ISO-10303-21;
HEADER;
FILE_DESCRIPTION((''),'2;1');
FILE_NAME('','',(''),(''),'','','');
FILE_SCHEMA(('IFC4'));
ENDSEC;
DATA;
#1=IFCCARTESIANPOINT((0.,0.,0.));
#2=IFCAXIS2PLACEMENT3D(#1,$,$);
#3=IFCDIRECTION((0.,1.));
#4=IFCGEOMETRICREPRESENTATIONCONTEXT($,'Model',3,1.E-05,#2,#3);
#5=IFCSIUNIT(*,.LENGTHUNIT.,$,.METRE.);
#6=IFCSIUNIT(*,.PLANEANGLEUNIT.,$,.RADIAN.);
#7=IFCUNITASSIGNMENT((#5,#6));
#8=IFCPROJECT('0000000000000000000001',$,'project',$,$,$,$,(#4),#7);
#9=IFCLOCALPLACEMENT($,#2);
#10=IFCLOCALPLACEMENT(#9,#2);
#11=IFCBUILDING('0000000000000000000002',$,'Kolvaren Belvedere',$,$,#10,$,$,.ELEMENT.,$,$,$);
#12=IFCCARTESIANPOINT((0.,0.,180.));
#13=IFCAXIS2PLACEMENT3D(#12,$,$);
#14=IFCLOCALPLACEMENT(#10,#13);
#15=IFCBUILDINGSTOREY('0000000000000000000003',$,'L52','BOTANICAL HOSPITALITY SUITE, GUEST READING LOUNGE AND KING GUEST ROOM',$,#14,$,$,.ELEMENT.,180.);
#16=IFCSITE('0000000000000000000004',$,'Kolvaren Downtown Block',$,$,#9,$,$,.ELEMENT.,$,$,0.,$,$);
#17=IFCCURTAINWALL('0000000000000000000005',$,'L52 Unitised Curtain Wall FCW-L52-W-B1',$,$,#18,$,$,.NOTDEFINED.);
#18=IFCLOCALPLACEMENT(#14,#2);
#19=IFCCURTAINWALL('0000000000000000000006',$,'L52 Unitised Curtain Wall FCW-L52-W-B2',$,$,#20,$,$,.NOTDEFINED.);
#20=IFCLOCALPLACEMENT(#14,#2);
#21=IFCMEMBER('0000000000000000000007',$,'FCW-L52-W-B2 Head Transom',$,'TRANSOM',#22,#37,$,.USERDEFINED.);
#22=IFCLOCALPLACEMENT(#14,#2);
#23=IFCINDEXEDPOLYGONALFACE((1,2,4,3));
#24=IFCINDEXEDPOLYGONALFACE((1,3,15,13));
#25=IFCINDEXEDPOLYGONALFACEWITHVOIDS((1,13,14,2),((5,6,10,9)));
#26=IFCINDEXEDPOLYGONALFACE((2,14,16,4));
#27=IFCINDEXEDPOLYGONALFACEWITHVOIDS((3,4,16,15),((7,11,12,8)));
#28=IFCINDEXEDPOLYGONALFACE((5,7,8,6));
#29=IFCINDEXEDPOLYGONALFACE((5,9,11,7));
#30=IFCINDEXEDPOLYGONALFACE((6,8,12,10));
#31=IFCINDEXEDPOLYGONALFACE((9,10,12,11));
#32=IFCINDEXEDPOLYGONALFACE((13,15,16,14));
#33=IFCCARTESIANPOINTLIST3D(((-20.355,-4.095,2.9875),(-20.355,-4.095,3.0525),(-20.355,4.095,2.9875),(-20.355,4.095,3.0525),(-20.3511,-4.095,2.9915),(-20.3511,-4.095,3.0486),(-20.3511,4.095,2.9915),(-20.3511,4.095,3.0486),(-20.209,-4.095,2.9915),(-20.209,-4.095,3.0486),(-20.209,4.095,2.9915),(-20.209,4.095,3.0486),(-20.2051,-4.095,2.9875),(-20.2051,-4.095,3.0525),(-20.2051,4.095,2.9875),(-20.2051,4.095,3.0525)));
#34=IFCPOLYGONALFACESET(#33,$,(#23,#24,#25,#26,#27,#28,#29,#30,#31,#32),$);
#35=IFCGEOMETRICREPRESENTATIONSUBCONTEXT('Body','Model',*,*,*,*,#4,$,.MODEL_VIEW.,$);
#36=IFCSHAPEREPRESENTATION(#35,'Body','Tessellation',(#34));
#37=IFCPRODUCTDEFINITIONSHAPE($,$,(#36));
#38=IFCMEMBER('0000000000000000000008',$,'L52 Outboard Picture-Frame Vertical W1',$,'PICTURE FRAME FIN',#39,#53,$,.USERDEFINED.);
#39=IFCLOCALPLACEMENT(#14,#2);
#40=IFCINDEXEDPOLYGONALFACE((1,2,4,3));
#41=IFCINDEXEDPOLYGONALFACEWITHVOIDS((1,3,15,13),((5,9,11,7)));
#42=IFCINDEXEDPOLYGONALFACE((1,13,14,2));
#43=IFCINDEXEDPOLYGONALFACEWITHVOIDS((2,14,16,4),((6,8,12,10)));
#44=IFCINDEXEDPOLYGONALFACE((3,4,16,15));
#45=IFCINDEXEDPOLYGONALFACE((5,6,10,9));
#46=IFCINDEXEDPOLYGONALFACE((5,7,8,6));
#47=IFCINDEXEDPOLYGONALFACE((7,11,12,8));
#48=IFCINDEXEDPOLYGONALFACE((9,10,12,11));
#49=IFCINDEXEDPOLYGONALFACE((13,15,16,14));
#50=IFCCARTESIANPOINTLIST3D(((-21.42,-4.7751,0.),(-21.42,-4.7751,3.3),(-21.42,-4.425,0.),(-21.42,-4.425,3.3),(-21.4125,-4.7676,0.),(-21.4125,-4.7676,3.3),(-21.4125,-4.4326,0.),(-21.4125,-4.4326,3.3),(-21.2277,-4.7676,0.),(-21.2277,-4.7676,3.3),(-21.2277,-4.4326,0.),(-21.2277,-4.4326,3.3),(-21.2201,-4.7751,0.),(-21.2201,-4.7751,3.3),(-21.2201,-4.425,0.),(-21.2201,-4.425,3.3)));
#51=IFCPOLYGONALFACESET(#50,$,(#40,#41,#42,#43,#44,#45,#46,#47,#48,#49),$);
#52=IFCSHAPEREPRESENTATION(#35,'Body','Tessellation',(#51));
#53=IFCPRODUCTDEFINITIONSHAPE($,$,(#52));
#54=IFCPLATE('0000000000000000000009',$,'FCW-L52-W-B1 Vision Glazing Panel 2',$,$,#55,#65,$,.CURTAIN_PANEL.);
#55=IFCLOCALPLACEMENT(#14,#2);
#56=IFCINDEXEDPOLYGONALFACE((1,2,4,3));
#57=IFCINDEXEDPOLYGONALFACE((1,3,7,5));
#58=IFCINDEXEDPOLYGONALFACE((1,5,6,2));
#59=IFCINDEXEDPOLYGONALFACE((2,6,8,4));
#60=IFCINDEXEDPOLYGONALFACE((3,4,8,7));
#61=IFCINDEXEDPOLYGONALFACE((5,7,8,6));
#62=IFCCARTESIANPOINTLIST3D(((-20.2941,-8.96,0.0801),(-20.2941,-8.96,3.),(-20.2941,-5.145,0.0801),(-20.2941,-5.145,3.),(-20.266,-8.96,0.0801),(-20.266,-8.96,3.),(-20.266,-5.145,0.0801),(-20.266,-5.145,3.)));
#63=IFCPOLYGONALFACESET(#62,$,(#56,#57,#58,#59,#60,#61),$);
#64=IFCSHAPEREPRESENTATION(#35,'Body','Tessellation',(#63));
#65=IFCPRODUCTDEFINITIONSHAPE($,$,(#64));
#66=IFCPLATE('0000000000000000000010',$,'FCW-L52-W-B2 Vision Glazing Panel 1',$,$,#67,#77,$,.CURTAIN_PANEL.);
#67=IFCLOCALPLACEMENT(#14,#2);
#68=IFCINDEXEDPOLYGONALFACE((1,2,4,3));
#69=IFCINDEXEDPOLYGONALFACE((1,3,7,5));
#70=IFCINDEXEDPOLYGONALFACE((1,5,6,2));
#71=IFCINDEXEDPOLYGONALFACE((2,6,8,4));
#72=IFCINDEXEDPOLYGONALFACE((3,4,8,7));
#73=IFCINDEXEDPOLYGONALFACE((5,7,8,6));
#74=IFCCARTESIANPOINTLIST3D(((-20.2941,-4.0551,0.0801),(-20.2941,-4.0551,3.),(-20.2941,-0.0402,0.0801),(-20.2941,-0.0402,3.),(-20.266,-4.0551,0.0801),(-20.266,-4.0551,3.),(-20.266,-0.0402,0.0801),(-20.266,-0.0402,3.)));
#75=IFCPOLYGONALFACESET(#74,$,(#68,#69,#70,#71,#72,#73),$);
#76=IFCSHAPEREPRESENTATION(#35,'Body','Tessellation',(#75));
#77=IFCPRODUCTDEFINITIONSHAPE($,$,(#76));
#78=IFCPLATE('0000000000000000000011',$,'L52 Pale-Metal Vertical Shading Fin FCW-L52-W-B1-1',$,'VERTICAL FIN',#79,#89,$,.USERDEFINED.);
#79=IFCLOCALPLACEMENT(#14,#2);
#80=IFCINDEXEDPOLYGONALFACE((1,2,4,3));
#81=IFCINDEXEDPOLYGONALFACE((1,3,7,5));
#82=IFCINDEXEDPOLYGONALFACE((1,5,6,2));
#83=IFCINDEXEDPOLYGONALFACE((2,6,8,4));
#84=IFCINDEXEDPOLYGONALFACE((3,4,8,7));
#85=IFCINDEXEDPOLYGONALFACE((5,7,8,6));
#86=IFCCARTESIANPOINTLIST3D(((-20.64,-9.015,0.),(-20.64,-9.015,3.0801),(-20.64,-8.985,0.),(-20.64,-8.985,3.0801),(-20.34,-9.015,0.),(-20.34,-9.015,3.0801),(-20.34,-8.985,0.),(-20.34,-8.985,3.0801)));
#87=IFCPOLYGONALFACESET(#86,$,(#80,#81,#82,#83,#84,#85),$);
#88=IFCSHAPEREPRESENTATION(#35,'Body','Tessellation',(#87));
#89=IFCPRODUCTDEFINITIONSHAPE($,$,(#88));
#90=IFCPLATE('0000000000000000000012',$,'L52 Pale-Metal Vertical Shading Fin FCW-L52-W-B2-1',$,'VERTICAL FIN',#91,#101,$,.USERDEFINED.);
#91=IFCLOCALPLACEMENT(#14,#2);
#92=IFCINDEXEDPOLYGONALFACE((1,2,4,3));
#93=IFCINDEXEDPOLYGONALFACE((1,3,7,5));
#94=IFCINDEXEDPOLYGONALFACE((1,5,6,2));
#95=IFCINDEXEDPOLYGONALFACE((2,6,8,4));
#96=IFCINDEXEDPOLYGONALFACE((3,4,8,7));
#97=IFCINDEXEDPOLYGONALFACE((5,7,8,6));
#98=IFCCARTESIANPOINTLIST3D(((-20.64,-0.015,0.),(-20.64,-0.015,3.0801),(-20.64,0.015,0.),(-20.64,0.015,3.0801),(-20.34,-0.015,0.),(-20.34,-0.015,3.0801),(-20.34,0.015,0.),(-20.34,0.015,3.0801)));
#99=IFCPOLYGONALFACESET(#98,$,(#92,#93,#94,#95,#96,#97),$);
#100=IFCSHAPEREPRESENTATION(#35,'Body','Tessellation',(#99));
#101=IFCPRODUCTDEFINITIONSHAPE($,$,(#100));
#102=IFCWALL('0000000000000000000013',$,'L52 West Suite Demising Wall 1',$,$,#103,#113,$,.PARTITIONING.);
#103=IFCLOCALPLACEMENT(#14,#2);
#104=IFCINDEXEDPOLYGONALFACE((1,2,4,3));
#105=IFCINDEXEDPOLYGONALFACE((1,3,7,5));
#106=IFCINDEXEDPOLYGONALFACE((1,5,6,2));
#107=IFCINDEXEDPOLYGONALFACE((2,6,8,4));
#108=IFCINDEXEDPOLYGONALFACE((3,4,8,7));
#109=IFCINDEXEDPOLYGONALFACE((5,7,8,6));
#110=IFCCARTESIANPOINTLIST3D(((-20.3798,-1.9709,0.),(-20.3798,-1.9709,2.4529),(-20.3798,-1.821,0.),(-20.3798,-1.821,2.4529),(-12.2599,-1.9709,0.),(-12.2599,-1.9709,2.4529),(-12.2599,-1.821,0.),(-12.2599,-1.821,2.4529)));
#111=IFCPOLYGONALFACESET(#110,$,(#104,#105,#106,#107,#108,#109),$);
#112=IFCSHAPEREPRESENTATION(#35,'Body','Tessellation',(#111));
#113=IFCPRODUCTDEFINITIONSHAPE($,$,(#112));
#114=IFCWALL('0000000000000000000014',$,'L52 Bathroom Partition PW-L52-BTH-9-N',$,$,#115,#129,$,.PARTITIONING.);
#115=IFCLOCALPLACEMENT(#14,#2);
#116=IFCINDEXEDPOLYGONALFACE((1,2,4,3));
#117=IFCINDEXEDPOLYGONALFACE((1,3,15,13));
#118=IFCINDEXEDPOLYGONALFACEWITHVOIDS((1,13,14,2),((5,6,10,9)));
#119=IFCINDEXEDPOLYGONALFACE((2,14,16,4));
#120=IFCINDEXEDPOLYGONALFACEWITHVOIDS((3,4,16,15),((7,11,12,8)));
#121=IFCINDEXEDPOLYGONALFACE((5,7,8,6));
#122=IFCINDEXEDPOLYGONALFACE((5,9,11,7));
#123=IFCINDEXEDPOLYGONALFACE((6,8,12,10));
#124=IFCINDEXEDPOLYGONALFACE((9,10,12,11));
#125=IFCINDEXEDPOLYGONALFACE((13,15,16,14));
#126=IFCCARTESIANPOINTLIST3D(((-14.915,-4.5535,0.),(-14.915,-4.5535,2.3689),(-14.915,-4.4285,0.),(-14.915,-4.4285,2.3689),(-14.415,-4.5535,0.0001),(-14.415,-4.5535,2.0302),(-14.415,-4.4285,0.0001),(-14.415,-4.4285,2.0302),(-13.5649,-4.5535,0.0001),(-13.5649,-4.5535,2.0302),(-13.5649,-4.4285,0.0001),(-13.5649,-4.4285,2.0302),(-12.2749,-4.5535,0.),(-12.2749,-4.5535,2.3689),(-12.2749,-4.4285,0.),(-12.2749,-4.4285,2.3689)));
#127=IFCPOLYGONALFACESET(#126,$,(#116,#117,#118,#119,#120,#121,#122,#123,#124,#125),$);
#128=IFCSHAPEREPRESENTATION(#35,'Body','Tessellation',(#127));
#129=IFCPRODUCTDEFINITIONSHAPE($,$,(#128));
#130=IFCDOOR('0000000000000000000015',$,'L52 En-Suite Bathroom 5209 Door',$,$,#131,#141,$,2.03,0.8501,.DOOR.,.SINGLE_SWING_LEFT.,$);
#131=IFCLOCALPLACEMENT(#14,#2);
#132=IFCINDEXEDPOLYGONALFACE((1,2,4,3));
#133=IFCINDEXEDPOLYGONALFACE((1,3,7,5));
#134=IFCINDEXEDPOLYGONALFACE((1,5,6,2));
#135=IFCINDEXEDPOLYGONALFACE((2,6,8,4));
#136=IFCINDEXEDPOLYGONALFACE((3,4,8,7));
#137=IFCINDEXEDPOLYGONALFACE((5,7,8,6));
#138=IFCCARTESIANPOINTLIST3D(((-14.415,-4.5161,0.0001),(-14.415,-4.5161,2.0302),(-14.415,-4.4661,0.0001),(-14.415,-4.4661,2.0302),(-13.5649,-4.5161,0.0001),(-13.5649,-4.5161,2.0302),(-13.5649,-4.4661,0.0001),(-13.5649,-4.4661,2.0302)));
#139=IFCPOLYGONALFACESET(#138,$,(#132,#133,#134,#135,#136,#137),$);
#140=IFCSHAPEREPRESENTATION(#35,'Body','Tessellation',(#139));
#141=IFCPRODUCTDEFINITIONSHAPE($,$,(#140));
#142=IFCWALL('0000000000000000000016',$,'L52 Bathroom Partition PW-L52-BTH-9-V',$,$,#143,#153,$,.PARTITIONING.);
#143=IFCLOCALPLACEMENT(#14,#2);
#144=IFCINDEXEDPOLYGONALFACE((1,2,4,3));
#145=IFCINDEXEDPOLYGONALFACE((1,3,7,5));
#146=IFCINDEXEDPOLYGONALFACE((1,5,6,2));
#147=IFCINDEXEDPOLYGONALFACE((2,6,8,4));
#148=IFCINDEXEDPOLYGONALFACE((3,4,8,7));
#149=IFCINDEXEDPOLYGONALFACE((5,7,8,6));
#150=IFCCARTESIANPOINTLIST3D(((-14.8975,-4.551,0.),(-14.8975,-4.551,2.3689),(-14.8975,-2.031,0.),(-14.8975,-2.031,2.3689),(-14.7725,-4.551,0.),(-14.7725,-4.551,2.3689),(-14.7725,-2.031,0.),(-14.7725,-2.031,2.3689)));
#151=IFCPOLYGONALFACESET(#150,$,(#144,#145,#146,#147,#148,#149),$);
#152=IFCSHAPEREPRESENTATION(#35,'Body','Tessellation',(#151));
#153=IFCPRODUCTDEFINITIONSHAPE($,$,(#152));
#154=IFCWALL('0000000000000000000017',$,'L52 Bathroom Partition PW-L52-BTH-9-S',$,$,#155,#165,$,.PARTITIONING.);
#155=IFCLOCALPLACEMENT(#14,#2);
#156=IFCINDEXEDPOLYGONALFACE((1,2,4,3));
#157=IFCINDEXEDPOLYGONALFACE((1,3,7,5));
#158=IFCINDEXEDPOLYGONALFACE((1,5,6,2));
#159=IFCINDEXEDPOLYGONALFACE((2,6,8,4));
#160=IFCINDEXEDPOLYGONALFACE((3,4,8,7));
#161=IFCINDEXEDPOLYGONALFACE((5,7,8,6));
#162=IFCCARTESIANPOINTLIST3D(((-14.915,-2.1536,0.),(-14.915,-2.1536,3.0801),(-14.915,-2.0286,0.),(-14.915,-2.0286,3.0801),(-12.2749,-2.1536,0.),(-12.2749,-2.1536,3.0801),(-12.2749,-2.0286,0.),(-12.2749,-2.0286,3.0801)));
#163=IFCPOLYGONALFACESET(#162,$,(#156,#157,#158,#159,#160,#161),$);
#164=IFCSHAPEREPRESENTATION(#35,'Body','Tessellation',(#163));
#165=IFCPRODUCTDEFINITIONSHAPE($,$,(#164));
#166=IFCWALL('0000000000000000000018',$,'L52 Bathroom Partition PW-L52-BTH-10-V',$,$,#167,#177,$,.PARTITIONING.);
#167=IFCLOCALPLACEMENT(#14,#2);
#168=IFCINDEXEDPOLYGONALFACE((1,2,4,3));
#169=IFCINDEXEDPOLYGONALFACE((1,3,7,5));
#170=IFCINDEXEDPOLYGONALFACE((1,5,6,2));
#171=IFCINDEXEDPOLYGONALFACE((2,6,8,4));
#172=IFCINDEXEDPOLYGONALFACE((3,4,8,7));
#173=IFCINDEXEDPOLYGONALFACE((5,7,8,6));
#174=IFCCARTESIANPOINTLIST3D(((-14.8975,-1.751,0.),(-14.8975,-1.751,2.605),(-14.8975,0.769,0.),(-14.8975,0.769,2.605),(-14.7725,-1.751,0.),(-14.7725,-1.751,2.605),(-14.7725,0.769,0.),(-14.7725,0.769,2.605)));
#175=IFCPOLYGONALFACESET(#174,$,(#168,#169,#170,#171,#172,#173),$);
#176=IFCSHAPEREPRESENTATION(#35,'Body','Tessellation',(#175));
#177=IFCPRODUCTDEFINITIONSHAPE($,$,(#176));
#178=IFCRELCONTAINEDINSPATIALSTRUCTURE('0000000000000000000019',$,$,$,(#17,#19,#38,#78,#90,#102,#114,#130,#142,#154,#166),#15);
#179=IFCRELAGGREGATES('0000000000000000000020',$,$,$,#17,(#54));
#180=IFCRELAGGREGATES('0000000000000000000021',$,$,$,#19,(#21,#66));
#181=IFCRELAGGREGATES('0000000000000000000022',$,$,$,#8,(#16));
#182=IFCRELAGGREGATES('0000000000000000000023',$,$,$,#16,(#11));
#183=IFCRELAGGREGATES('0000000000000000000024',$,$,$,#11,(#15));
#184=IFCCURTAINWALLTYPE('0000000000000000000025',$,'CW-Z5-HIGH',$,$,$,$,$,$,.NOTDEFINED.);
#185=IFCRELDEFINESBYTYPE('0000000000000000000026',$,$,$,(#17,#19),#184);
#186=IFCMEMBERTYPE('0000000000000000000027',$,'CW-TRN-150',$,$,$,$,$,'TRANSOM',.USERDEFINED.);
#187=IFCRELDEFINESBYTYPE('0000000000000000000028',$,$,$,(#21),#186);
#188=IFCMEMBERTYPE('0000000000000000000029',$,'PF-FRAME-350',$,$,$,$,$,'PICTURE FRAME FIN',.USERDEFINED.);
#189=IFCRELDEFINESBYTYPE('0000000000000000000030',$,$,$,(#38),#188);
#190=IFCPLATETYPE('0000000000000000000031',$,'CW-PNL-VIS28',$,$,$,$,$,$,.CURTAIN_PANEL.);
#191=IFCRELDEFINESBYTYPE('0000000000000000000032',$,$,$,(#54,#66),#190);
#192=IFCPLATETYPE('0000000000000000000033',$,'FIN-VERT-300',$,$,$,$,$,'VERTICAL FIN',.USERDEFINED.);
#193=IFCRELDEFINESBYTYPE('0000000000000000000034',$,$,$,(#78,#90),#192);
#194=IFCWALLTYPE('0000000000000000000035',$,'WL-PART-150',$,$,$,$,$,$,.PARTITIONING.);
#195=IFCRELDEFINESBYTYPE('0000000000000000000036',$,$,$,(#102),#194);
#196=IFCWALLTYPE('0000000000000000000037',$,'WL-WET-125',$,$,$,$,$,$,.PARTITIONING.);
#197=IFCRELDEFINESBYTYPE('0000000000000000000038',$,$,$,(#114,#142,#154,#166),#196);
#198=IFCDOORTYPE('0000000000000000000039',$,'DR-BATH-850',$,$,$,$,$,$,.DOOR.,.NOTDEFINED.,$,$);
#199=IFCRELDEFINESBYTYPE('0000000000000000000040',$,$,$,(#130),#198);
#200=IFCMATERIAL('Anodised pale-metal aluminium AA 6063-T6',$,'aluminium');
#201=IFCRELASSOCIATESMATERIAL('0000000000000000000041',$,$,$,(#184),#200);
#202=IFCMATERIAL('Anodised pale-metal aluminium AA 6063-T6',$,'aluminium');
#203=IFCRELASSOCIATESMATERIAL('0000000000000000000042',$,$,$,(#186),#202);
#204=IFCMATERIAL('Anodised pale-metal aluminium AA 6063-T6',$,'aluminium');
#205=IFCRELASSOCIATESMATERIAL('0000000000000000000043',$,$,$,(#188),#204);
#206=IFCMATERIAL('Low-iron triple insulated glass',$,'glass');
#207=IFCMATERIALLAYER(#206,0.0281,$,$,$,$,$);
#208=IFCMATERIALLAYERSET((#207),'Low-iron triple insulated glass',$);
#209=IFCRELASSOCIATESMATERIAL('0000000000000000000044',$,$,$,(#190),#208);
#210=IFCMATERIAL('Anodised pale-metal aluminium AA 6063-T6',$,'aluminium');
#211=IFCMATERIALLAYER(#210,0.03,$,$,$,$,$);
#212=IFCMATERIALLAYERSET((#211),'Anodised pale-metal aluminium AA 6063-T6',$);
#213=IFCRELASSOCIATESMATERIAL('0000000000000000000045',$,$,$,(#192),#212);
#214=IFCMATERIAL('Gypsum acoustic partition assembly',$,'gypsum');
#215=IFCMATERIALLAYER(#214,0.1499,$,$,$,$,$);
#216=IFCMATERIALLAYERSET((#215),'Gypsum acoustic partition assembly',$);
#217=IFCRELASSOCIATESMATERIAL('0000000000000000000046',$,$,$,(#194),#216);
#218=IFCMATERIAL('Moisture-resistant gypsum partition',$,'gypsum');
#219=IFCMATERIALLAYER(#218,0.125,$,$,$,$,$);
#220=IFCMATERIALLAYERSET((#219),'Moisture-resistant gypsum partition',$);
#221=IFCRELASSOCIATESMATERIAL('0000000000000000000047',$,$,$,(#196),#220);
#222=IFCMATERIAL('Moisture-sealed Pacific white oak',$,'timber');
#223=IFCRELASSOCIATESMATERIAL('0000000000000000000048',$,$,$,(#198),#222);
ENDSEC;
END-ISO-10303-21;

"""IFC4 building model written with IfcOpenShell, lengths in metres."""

from ifc_helpers import new_model, si_unit, direction, frame, frame_2d, origin, origin_2d, place, context, subcontext, project, spatial, rectangle, hollow_rectangle, extrude, material, layer, layer_set, material_profile, profile_set, type_object, element, fill, aggregate, save


model = new_model("IFC4")

# Units and contexts
model_context = context("Model", 3, precision=1e-05, world=origin(), true_north=direction((0.0, 1.0)))
body_context = subcontext(model_context, "Body", "Model", "MODEL_VIEW")
ifc_project = project(units=[si_unit("LENGTHUNIT", "METRE"), si_unit("PLANEANGLEUNIT", "RADIAN")], contexts=[model_context])

# Site, building, storey
site_placement = place(None, origin())
site = spatial("IfcSite", under=ifc_project, at=site_placement, Name="Kolvaren Downtown Block", CompositionType="ELEMENT", RefElevation=0.0)
building_placement = place(site_placement, origin())
building = spatial("IfcBuilding", under=site, at=building_placement, Name="Kolvaren Belvedere", CompositionType="ELEMENT")
storey_placement = place(building_placement, frame((0.0, 0.0, 180.0)))
storey = spatial("IfcBuildingStorey", under=building, at=storey_placement, Name="L52", Description="BOTANICAL HOSPITALITY SUITE, GUEST READING LOUNGE AND KING GUEST ROOM", CompositionType="ELEMENT", Elevation=180.0)

# Curtain walls, member
ifc_material_1 = material(Name="Anodised pale-metal aluminium AA 6063-T6", Category="aluminium")
curtain_wall_type = type_object("IfcCurtainWallType", Name="CW-Z5-HIGH", PredefinedType="NOTDEFINED", material=ifc_material_1)
curtain_wall_1_placement = place(storey_placement, origin())
curtain_wall_1 = element("IfcCurtainWall", 1, at=curtain_wall_1_placement, inside=storey, type_object=curtain_wall_type, Name="L52 Unitised Curtain Wall FCW-L52-W-B1", PredefinedType="NOTDEFINED")
curtain_wall_2_placement = place(storey_placement, origin())
curtain_wall_2 = element("IfcCurtainWall", 2, at=curtain_wall_2_placement, inside=storey, type_object=curtain_wall_type, Name="L52 Unitised Curtain Wall FCW-L52-W-B2", PredefinedType="NOTDEFINED")
ifc_material_2 = material(Name="Anodised pale-metal aluminium AA 6063-T6", Category="aluminium")
ifc_material_profile_1 = material_profile(ifc_material_2, hollow_rectangle(XDim=0.0649, YDim=0.1499, WallThickness=0.0039, at=origin_2d()), Name="ALU-TRN-150X65")
ifc_profile_set_1 = profile_set([ifc_material_profile_1], Name="Anodised pale-metal aluminium AA 6063-T6")
member_type_1 = type_object("IfcMemberType", Name="CW-TRN-150", ElementType="TRANSOM", PredefinedType="USERDEFINED", material=ifc_profile_set_1)
member_1_placement = place(storey_placement, frame((-20.28, -4.095, 3.02), z_axis=(0.0, 1.0, 0.0), x_axis=(0.0, 0.0, 1.0)))
member_1 = element("IfcMember", 3, at=member_1_placement, type_object=member_type_1, Name="FCW-L52-W-B2 Head Transom", ObjectType="TRANSOM", PredefinedType="USERDEFINED", context=body_context, shape_type="SweptSolid", body=[
    extrude(hollow_rectangle(XDim=0.0649, YDim=0.1499, WallThickness=0.0039, at=origin_2d()), origin(), (0.0, 0.0, 1.0), 8.1899),
])

# Member
ifc_material_3 = material(Name="Anodised pale-metal aluminium AA 6063-T6", Category="aluminium")
ifc_material_profile_2 = material_profile(ifc_material_3, hollow_rectangle(XDim=0.2, YDim=0.3501, WallThickness=0.0076, at=origin_2d()), Name="ALU-PF-350X200")
ifc_profile_set_2 = profile_set([ifc_material_profile_2], Name="Anodised pale-metal aluminium AA 6063-T6")
member_type_2 = type_object("IfcMemberType", Name="PF-FRAME-350", ElementType="PICTURE FRAME FIN", PredefinedType="USERDEFINED", material=ifc_profile_set_2)
member_2_placement = place(storey_placement, frame((-21.3201, -4.6001, 0.0), z_axis=(0.0, 0.0, 1.0), x_axis=(1.0, 0.0, 0.0)))
element("IfcMember", 4, at=member_2_placement, inside=storey, type_object=member_type_2, Name="L52 Outboard Picture-Frame Vertical W1", ObjectType="PICTURE FRAME FIN", PredefinedType="USERDEFINED", context=body_context, shape_type="SweptSolid", body=[
    extrude(hollow_rectangle(XDim=0.2, YDim=0.3501, WallThickness=0.0076, at=origin_2d()), origin(), (0.0, 0.0, 1.0), 3.3),
])

# Plates
ifc_material_4 = material(Name="Low-iron triple insulated glass", Category="glass")
ifc_layer_1 = layer(ifc_material_4, 0.0281)
ifc_layer_set_1 = layer_set([ifc_layer_1], Name="Low-iron triple insulated glass")
plate_type_1 = type_object("IfcPlateType", Name="CW-PNL-VIS28", PredefinedType="CURTAIN_PANEL", material=ifc_layer_set_1)
plate_1_placement = place(storey_placement, frame((-20.28, -7.0525, 0.0801), z_axis=(0.0, 0.0, 1.0), x_axis=(0.0, 1.0, 0.0)))
plate_1 = element("IfcPlate", 5, at=plate_1_placement, type_object=plate_type_1, Name="FCW-L52-W-B1 Vision Glazing Panel 2", PredefinedType="CURTAIN_PANEL", context=body_context, shape_type="SweptSolid", body=[
    extrude(rectangle(XDim=3.8149, YDim=0.0281, at=origin_2d()), origin(), (0.0, 0.0, 1.0), 2.9199),
])
aggregate(curtain_wall_1, [plate_1])
plate_2_placement = place(storey_placement, frame((-20.28, -2.0476, 0.0801), z_axis=(0.0, 0.0, 1.0), x_axis=(0.0, 1.0, 0.0)))
plate_2 = element("IfcPlate", 6, at=plate_2_placement, type_object=plate_type_1, Name="FCW-L52-W-B2 Vision Glazing Panel 1", PredefinedType="CURTAIN_PANEL", context=body_context, shape_type="SweptSolid", body=[
    extrude(rectangle(XDim=4.0149, YDim=0.0281, at=origin_2d()), origin(), (0.0, 0.0, 1.0), 2.9199),
])
aggregate(curtain_wall_2, [member_1, plate_2])

# Plates
ifc_material_5 = material(Name="Anodised pale-metal aluminium AA 6063-T6", Category="aluminium")
ifc_layer_2 = layer(ifc_material_5, 0.03)
ifc_layer_set_2 = layer_set([ifc_layer_2], Name="Anodised pale-metal aluminium AA 6063-T6")
plate_type_2 = type_object("IfcPlateType", Name="FIN-VERT-300", ElementType="VERTICAL FIN", PredefinedType="USERDEFINED", material=ifc_layer_set_2)
for number, where, z_axis, x_axis, name in (
    (7, (-20.49, -9.0, 0.0), (0.0, 0.0, 1.0), (1.0, 0.0, 0.0), "L52 Pale-Metal Vertical Shading Fin FCW-L52-W-B1-1"),
    (8, (-20.49, 0.0, 0.0), (0.0, 0.0, 1.0), (1.0, 0.0, 0.0), "L52 Pale-Metal Vertical Shading Fin FCW-L52-W-B2-1"),
):
    element("IfcPlate", number, at=place(storey_placement, frame(where, z_axis=z_axis, x_axis=x_axis)), inside=storey, type_object=plate_type_2, Name=name, ObjectType="VERTICAL FIN", PredefinedType="USERDEFINED", context=body_context, shape_type="SweptSolid", body=[
        extrude(rectangle(XDim=0.3, YDim=0.03, at=origin_2d()), origin(), (0.0, 0.0, 1.0), 3.0801),
    ])

# Wall
ifc_material_6 = material(Name="Gypsum acoustic partition assembly", Category="gypsum")
ifc_layer_3 = layer(ifc_material_6, 0.1499)
ifc_layer_set_3 = layer_set([ifc_layer_3], Name="Gypsum acoustic partition assembly")
wall_type_1 = type_object("IfcWallType", Name="WL-PART-150", PredefinedType="PARTITIONING", material=ifc_layer_set_3)
wall_1_placement = place(storey_placement, frame((-20.3799, -1.896, 0.0), z_axis=(0.0, 0.0, 1.0), x_axis=(1.0, 0.0, 0.0)))
element("IfcWall", 9, at=wall_1_placement, inside=storey, type_object=wall_type_1, Name="L52 West Suite Demising Wall 1", PredefinedType="PARTITIONING", context=body_context, shape_type="SweptSolid", body=[
    extrude(rectangle(XDim=8.1199, YDim=0.1499, at=frame_2d((4.0601, 0.0))), origin(), (0.0, 0.0, 1.0), 2.4529),
])

# Wall, opening, door
ifc_material_7 = material(Name="Moisture-resistant gypsum partition", Category="gypsum")
ifc_layer_4 = layer(ifc_material_7, 0.125)
ifc_layer_set_4 = layer_set([ifc_layer_4], Name="Moisture-resistant gypsum partition")
wall_type_2 = type_object("IfcWallType", Name="WL-WET-125", PredefinedType="PARTITIONING", material=ifc_layer_set_4)
wall_2_placement = place(storey_placement, frame((-14.915, -4.491, 0.0), z_axis=(0.0, 0.0, 1.0), x_axis=(1.0, 0.0, 0.0)))
wall_2 = element("IfcWall", 10, at=wall_2_placement, inside=storey, type_object=wall_type_2, Name="L52 Bathroom Partition PW-L52-BTH-9-N", PredefinedType="PARTITIONING", context=body_context, shape_type="SweptSolid", body=[
    extrude(rectangle(XDim=2.6401, YDim=0.125, at=frame_2d((1.3201, 0.0))), origin(), (0.0, 0.0, 1.0), 2.3689),
])
opening_placement = place(wall_2_placement, frame((0.5, 0.0, 0.0)))
opening = element("IfcOpeningElement", 11, at=opening_placement, cuts=wall_2, PredefinedType="OPENING", context=body_context, shape_type="SweptSolid", body=[
    extrude(rectangle(XDim=0.8501, YDim=2.03, at=frame_2d((0.425, 1.0151))), frame((0.0, 0.0725, 0.0), z_axis=(0.0, -1.0, 0.0), x_axis=(1.0, 0.0, 0.0)), (0.0, 0.0, 1.0), 0.145),
])
ifc_material_8 = material(Name="Moisture-sealed Pacific white oak", Category="timber")
door_type = type_object("IfcDoorType", Name="DR-BATH-850", OperationType="NOTDEFINED", PredefinedType="DOOR", material=ifc_material_8)
door_placement = place(opening_placement, origin())
door = element("IfcDoor", 12, at=door_placement, inside=storey, type_object=door_type, Name="L52 En-Suite Bathroom 5209 Door", OperationType="SINGLE_SWING_LEFT", OverallHeight=2.03, OverallWidth=0.8501, PredefinedType="DOOR", context=body_context, shape_type="SweptSolid", body=[
    extrude(rectangle(XDim=0.8501, YDim=2.03, at=frame_2d((0.425, 1.0151))), frame((0.0, 0.0249, 0.0), z_axis=(0.0, -1.0, 0.0), x_axis=(1.0, 0.0, 0.0)), (0.0, 0.0, 1.0), 0.05),
])
fill(opening, door)

# Walls
wall_3_placement = place(storey_placement, frame((-14.835, -4.551, 0.0), z_axis=(0.0, 0.0, 1.0), x_axis=(0.0, 1.0, 0.0)))
element("IfcWall", 13, at=wall_3_placement, inside=storey, type_object=wall_type_2, Name="L52 Bathroom Partition PW-L52-BTH-9-V", PredefinedType="PARTITIONING", context=body_context, shape_type="SweptSolid", body=[
    extrude(rectangle(XDim=2.52, YDim=0.125, at=frame_2d((1.26, 0.0))), origin(), (0.0, 0.0, 1.0), 2.3689),
])
wall_4_placement = place(storey_placement, frame((-14.915, -2.0911, 0.0), z_axis=(0.0, 0.0, 1.0), x_axis=(1.0, 0.0, 0.0)))
element("IfcWall", 14, at=wall_4_placement, inside=storey, type_object=wall_type_2, Name="L52 Bathroom Partition PW-L52-BTH-9-S", PredefinedType="PARTITIONING", context=body_context, shape_type="SweptSolid", body=[
    extrude(rectangle(XDim=2.6401, YDim=0.125, at=frame_2d((1.3201, 0.0))), origin(), (0.0, 0.0, 1.0), 3.0801),
])
wall_5_placement = place(storey_placement, frame((-14.835, -1.751, 0.0), z_axis=(0.0, 0.0, 1.0), x_axis=(0.0, 1.0, 0.0)))
element("IfcWall", 15, at=wall_5_placement, inside=storey, type_object=wall_type_2, Name="L52 Bathroom Partition PW-L52-BTH-10-V", PredefinedType="PARTITIONING", context=body_context, shape_type="SweptSolid", body=[
    extrude(rectangle(XDim=2.52, YDim=0.125, at=frame_2d((1.26, 0.0))), origin(), (0.0, 0.0, 1.0), 2.605),
])

save(model, "model.ifc")
